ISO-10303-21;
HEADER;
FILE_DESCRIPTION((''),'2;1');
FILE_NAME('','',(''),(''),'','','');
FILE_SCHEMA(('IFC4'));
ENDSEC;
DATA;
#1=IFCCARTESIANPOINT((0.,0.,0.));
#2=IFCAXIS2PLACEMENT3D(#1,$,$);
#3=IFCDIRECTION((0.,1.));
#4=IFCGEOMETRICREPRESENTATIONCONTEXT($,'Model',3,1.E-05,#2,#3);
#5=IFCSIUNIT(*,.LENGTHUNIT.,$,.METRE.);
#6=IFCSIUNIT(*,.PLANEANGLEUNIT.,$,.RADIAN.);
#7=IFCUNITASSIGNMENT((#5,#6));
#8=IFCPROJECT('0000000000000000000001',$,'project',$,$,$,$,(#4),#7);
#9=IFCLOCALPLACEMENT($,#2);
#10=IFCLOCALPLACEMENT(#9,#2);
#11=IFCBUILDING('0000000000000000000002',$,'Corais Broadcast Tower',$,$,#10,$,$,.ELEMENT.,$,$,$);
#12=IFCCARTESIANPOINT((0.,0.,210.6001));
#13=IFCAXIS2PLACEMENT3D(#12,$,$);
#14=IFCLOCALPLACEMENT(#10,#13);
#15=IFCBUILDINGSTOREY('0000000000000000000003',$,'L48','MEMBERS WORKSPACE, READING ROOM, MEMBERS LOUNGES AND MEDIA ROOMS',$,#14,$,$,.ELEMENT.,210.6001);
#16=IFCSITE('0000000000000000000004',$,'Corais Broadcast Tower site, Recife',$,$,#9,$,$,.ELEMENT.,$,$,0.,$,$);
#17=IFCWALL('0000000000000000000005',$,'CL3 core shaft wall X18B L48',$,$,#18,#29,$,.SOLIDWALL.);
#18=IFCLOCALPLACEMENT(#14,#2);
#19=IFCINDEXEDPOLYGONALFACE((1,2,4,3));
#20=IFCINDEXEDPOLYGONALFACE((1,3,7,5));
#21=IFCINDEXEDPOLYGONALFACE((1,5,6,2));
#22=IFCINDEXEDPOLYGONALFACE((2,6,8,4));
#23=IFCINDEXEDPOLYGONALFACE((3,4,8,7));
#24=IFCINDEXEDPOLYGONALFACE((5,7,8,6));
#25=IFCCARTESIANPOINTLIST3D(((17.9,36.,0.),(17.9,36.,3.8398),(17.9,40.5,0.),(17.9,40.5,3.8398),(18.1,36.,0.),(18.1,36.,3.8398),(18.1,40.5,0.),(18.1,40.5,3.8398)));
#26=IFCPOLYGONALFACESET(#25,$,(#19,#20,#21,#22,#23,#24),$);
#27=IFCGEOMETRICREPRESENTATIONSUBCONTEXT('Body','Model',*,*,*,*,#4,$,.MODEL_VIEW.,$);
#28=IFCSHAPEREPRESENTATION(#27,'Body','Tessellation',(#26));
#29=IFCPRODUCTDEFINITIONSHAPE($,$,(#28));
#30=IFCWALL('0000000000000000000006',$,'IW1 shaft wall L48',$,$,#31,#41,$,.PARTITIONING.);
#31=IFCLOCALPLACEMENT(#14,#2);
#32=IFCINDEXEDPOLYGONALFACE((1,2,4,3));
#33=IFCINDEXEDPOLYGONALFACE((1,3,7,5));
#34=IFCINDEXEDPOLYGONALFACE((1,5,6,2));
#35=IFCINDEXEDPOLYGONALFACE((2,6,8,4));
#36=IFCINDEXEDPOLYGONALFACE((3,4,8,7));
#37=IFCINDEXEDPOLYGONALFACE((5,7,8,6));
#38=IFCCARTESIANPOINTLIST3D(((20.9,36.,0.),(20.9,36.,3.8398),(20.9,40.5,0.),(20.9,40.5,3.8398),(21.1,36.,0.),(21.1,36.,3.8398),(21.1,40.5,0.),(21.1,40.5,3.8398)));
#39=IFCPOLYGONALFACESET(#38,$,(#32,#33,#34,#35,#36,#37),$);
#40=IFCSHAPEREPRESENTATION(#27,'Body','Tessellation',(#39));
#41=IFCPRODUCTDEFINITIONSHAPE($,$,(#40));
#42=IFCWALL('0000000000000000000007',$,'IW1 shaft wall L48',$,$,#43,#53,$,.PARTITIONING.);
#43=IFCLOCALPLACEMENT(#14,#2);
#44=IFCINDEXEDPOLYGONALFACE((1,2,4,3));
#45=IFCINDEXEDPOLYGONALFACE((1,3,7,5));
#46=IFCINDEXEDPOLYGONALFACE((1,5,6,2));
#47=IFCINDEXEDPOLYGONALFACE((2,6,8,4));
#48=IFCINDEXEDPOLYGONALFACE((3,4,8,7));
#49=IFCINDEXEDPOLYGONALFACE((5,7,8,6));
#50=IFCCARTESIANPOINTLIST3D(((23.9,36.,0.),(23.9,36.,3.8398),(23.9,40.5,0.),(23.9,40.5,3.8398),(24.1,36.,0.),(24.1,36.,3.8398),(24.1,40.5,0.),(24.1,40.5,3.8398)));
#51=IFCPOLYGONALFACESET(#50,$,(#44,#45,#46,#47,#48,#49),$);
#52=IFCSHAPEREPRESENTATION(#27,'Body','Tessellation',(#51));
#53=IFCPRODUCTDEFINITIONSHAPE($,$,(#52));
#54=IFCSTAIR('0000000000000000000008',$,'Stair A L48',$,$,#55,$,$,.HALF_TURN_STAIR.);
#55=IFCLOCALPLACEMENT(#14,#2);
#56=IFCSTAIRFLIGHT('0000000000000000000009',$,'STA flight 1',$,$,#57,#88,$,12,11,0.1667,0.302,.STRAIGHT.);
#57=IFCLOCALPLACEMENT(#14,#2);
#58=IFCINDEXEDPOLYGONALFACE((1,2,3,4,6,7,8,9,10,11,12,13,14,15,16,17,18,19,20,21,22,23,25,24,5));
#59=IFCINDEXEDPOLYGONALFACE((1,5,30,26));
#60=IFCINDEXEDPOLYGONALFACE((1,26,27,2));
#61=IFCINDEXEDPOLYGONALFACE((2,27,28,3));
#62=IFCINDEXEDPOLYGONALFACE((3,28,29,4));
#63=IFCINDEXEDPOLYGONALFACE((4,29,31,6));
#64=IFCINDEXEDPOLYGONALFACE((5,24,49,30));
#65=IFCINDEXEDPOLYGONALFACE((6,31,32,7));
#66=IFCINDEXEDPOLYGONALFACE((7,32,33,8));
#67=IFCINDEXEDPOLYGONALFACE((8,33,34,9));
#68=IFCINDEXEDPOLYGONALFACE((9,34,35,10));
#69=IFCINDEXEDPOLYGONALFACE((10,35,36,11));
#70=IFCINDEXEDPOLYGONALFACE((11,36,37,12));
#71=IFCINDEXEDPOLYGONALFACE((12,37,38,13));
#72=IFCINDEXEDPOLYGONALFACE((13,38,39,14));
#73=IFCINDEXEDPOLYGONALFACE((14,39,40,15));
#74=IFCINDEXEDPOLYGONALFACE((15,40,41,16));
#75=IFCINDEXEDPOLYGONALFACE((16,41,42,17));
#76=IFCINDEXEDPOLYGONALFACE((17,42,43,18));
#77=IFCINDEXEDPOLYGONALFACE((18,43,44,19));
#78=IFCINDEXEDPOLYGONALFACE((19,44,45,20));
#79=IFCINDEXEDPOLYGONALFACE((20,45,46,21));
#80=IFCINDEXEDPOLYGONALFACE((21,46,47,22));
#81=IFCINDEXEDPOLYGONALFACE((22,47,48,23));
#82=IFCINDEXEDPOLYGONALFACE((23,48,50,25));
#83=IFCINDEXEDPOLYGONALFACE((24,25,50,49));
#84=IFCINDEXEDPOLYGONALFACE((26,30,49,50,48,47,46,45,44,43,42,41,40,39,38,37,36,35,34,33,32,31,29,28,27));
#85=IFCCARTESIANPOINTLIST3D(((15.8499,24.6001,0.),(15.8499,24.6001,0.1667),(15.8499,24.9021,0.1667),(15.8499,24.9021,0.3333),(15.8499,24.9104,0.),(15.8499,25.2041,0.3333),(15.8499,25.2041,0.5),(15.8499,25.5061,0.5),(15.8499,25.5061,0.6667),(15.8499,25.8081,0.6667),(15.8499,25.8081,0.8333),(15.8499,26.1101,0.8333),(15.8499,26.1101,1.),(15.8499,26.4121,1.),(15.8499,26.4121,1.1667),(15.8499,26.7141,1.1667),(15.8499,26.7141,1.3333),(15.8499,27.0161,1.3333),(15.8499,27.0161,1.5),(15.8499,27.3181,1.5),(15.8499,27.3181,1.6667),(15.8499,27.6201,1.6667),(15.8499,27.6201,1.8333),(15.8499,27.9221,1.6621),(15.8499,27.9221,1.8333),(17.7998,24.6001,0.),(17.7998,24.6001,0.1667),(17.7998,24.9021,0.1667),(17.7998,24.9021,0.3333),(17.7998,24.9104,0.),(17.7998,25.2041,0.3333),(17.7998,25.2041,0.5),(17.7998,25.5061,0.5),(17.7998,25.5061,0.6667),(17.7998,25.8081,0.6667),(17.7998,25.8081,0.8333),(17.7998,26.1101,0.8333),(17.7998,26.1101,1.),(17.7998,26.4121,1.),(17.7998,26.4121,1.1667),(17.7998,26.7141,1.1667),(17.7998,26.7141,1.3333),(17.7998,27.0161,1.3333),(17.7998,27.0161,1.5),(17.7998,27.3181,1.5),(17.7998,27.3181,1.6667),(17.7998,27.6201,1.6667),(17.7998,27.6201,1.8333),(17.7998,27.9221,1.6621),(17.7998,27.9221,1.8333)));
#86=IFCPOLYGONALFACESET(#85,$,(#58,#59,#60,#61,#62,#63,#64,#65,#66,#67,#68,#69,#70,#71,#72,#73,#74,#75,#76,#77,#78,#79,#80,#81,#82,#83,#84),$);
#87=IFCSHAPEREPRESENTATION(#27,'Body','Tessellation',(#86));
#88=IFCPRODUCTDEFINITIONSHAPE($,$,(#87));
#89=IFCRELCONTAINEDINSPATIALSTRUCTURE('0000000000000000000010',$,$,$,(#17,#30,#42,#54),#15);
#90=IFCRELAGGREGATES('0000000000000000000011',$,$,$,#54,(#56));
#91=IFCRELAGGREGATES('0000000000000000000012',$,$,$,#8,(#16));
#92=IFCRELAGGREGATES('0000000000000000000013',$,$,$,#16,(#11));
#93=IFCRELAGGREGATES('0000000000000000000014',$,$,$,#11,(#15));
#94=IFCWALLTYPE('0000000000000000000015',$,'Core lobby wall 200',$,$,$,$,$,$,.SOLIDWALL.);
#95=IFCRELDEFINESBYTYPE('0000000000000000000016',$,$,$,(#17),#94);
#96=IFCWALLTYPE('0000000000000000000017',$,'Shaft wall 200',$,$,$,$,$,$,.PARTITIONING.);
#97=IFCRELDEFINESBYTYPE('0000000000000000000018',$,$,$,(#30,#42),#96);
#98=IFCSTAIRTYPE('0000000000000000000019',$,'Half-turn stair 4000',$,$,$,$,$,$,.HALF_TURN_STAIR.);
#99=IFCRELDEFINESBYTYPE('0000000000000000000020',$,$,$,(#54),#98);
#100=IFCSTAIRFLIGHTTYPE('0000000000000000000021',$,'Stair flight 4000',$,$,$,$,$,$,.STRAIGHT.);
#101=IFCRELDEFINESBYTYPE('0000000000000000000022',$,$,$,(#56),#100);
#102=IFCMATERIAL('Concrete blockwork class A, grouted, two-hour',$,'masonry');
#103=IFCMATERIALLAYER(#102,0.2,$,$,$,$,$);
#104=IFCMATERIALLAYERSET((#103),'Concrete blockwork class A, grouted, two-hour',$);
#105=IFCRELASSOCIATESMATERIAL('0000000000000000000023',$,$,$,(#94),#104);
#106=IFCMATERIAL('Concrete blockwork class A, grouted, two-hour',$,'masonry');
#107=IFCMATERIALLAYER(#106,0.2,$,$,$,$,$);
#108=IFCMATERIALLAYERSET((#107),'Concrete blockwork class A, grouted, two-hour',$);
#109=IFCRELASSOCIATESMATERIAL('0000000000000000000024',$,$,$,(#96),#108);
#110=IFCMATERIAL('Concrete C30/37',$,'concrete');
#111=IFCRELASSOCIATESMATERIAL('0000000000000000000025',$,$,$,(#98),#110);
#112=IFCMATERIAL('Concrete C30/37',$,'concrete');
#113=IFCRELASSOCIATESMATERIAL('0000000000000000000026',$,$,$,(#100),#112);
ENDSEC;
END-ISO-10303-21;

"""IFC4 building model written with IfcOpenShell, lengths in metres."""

from ifc_helpers import new_model, si_unit, direction, frame, frame_2d, origin, place, context, subcontext, project, spatial, polyline, rectangle, outline, extrude, material, layer, layer_set, type_object, element, aggregate, save


model = new_model("IFC4")

# Units and contexts
model_context = context("Model", 3, precision=1e-05, world=origin(), true_north=direction((0.0, 1.0)))
body_context = subcontext(model_context, "Body", "Model", "MODEL_VIEW")
ifc_project = project(units=[si_unit("LENGTHUNIT", "METRE"), si_unit("PLANEANGLEUNIT", "RADIAN")], contexts=[model_context])

# Site, building, storey
site_placement = place(None, origin())
site = spatial("IfcSite", under=ifc_project, at=site_placement, Name="Corais Broadcast Tower site, Recife", CompositionType="ELEMENT", RefElevation=0.0)
building_placement = place(site_placement, origin())
building = spatial("IfcBuilding", under=site, at=building_placement, Name="Corais Broadcast Tower", CompositionType="ELEMENT")
storey_placement = place(building_placement, frame((0.0, 0.0, 210.6001)))
storey = spatial("IfcBuildingStorey", under=building, at=storey_placement, Name="L48", Description="MEMBERS WORKSPACE, READING ROOM, MEMBERS LOUNGES AND MEDIA ROOMS", CompositionType="ELEMENT", Elevation=210.6001)

# Walls
ifc_material_1 = material(Name="Concrete blockwork class A, grouted, two-hour", Category="masonry")
ifc_layer_1 = layer(ifc_material_1, 0.2)
ifc_layer_set_1 = layer_set([ifc_layer_1], Name="Concrete blockwork class A, grouted, two-hour")
wall_type_1 = type_object("IfcWallType", Name="Core lobby wall 200", PredefinedType="SOLIDWALL", material=ifc_layer_set_1)
wall_placement = place(storey_placement, frame((18.0, 36.0, 0.0), z_axis=(0.0, 0.0, 1.0), x_axis=(0.0, 1.0, 0.0)))
element("IfcWall", 1, at=wall_placement, inside=storey, type_object=wall_type_1, Name="CL3 core shaft wall X18B L48", PredefinedType="SOLIDWALL", context=body_context, shape_type="SweptSolid", body=[
    extrude(rectangle(XDim=4.5, YDim=0.2, at=frame_2d((2.25, 0.0))), origin(), (0.0, 0.0, 1.0), 3.8398),
])
ifc_material_2 = material(Name="Concrete blockwork class A, grouted, two-hour", Category="masonry")
ifc_layer_2 = layer(ifc_material_2, 0.2)
ifc_layer_set_2 = layer_set([ifc_layer_2], Name="Concrete blockwork class A, grouted, two-hour")
wall_type_2 = type_object("IfcWallType", Name="Shaft wall 200", PredefinedType="PARTITIONING", material=ifc_layer_set_2)
for number, where, z_axis, x_axis, name in (
    (2, (21.0, 36.0, 0.0), (0.0, 0.0, 1.0), (0.0, 1.0, 0.0), "IW1 shaft wall L48"),
    (3, (24.0, 36.0, 0.0), (0.0, 0.0, 1.0), (0.0, 1.0, 0.0), "IW1 shaft wall L48"),
):
    element("IfcWall", number, at=place(storey_placement, frame(where, z_axis=z_axis, x_axis=x_axis)), inside=storey, type_object=wall_type_2, Name=name, PredefinedType="PARTITIONING", context=body_context, shape_type="SweptSolid", body=[
        extrude(rectangle(XDim=4.5, YDim=0.2, at=frame_2d((2.25, 0.0))), origin(), (0.0, 0.0, 1.0), 3.8398),
    ])

# Stair, stair flight
ifc_material_3 = material(Name="Concrete C30/37", Category="concrete")
stair_type = type_object("IfcStairType", Name="Half-turn stair 4000", PredefinedType="HALF_TURN_STAIR", material=ifc_material_3)
stair_placement = place(storey_placement, origin())
stair = element("IfcStair", 4, at=stair_placement, inside=storey, type_object=stair_type, Name="Stair A L48", PredefinedType="HALF_TURN_STAIR")
ifc_material_4 = material(Name="Concrete C30/37", Category="concrete")
stair_flight_type = type_object("IfcStairFlightType", Name="Stair flight 4000", PredefinedType="STRAIGHT", material=ifc_material_4)
stair_flight_placement = place(storey_placement, frame((16.825, 24.6001, 0.0), z_axis=(0.0, 0.0, 1.0), x_axis=(0.0, 1.0, 0.0)))
stair_flight = element("IfcStairFlight", 5, at=stair_flight_placement, type_object=stair_flight_type, Name="STA flight 1", NumberOfRisers=12, NumberOfTreads=11, PredefinedType="STRAIGHT", RiserHeight=0.1667, TreadLength=0.302, context=body_context, shape_type="SweptSolid", body=[
    extrude(outline(polyline([(0.0, 0.0), (0.0, 0.1667), (0.302, 0.1667), (0.302, 0.3333), (0.604, 0.3333), (0.604, 0.5), (0.906, 0.5), (0.906, 0.6667), (1.208, 0.6667), (1.208, 0.8333), (1.51, 0.8333), (1.51, 1.0), (1.812, 1.0), (1.812, 1.1667), (2.114, 1.1667), (2.114, 1.3333), (2.416, 1.3333), (2.416, 1.5), (2.718, 1.5), (2.718, 1.6667), (3.02, 1.6667), (3.02, 1.8333), (3.322, 1.8333), (3.322, 2.0), (3.322, 1.6621), (0.3103, 0.0), (0.0, 0.0)])), frame((0.0, 0.9751, 0.0), z_axis=(0.0, -1.0, 0.0), x_axis=(1.0, 0.0, 0.0)), (0.0, 0.0, 1.0), 1.95),
])
aggregate(stair, [stair_flight])

save(model, "model.ifc")
